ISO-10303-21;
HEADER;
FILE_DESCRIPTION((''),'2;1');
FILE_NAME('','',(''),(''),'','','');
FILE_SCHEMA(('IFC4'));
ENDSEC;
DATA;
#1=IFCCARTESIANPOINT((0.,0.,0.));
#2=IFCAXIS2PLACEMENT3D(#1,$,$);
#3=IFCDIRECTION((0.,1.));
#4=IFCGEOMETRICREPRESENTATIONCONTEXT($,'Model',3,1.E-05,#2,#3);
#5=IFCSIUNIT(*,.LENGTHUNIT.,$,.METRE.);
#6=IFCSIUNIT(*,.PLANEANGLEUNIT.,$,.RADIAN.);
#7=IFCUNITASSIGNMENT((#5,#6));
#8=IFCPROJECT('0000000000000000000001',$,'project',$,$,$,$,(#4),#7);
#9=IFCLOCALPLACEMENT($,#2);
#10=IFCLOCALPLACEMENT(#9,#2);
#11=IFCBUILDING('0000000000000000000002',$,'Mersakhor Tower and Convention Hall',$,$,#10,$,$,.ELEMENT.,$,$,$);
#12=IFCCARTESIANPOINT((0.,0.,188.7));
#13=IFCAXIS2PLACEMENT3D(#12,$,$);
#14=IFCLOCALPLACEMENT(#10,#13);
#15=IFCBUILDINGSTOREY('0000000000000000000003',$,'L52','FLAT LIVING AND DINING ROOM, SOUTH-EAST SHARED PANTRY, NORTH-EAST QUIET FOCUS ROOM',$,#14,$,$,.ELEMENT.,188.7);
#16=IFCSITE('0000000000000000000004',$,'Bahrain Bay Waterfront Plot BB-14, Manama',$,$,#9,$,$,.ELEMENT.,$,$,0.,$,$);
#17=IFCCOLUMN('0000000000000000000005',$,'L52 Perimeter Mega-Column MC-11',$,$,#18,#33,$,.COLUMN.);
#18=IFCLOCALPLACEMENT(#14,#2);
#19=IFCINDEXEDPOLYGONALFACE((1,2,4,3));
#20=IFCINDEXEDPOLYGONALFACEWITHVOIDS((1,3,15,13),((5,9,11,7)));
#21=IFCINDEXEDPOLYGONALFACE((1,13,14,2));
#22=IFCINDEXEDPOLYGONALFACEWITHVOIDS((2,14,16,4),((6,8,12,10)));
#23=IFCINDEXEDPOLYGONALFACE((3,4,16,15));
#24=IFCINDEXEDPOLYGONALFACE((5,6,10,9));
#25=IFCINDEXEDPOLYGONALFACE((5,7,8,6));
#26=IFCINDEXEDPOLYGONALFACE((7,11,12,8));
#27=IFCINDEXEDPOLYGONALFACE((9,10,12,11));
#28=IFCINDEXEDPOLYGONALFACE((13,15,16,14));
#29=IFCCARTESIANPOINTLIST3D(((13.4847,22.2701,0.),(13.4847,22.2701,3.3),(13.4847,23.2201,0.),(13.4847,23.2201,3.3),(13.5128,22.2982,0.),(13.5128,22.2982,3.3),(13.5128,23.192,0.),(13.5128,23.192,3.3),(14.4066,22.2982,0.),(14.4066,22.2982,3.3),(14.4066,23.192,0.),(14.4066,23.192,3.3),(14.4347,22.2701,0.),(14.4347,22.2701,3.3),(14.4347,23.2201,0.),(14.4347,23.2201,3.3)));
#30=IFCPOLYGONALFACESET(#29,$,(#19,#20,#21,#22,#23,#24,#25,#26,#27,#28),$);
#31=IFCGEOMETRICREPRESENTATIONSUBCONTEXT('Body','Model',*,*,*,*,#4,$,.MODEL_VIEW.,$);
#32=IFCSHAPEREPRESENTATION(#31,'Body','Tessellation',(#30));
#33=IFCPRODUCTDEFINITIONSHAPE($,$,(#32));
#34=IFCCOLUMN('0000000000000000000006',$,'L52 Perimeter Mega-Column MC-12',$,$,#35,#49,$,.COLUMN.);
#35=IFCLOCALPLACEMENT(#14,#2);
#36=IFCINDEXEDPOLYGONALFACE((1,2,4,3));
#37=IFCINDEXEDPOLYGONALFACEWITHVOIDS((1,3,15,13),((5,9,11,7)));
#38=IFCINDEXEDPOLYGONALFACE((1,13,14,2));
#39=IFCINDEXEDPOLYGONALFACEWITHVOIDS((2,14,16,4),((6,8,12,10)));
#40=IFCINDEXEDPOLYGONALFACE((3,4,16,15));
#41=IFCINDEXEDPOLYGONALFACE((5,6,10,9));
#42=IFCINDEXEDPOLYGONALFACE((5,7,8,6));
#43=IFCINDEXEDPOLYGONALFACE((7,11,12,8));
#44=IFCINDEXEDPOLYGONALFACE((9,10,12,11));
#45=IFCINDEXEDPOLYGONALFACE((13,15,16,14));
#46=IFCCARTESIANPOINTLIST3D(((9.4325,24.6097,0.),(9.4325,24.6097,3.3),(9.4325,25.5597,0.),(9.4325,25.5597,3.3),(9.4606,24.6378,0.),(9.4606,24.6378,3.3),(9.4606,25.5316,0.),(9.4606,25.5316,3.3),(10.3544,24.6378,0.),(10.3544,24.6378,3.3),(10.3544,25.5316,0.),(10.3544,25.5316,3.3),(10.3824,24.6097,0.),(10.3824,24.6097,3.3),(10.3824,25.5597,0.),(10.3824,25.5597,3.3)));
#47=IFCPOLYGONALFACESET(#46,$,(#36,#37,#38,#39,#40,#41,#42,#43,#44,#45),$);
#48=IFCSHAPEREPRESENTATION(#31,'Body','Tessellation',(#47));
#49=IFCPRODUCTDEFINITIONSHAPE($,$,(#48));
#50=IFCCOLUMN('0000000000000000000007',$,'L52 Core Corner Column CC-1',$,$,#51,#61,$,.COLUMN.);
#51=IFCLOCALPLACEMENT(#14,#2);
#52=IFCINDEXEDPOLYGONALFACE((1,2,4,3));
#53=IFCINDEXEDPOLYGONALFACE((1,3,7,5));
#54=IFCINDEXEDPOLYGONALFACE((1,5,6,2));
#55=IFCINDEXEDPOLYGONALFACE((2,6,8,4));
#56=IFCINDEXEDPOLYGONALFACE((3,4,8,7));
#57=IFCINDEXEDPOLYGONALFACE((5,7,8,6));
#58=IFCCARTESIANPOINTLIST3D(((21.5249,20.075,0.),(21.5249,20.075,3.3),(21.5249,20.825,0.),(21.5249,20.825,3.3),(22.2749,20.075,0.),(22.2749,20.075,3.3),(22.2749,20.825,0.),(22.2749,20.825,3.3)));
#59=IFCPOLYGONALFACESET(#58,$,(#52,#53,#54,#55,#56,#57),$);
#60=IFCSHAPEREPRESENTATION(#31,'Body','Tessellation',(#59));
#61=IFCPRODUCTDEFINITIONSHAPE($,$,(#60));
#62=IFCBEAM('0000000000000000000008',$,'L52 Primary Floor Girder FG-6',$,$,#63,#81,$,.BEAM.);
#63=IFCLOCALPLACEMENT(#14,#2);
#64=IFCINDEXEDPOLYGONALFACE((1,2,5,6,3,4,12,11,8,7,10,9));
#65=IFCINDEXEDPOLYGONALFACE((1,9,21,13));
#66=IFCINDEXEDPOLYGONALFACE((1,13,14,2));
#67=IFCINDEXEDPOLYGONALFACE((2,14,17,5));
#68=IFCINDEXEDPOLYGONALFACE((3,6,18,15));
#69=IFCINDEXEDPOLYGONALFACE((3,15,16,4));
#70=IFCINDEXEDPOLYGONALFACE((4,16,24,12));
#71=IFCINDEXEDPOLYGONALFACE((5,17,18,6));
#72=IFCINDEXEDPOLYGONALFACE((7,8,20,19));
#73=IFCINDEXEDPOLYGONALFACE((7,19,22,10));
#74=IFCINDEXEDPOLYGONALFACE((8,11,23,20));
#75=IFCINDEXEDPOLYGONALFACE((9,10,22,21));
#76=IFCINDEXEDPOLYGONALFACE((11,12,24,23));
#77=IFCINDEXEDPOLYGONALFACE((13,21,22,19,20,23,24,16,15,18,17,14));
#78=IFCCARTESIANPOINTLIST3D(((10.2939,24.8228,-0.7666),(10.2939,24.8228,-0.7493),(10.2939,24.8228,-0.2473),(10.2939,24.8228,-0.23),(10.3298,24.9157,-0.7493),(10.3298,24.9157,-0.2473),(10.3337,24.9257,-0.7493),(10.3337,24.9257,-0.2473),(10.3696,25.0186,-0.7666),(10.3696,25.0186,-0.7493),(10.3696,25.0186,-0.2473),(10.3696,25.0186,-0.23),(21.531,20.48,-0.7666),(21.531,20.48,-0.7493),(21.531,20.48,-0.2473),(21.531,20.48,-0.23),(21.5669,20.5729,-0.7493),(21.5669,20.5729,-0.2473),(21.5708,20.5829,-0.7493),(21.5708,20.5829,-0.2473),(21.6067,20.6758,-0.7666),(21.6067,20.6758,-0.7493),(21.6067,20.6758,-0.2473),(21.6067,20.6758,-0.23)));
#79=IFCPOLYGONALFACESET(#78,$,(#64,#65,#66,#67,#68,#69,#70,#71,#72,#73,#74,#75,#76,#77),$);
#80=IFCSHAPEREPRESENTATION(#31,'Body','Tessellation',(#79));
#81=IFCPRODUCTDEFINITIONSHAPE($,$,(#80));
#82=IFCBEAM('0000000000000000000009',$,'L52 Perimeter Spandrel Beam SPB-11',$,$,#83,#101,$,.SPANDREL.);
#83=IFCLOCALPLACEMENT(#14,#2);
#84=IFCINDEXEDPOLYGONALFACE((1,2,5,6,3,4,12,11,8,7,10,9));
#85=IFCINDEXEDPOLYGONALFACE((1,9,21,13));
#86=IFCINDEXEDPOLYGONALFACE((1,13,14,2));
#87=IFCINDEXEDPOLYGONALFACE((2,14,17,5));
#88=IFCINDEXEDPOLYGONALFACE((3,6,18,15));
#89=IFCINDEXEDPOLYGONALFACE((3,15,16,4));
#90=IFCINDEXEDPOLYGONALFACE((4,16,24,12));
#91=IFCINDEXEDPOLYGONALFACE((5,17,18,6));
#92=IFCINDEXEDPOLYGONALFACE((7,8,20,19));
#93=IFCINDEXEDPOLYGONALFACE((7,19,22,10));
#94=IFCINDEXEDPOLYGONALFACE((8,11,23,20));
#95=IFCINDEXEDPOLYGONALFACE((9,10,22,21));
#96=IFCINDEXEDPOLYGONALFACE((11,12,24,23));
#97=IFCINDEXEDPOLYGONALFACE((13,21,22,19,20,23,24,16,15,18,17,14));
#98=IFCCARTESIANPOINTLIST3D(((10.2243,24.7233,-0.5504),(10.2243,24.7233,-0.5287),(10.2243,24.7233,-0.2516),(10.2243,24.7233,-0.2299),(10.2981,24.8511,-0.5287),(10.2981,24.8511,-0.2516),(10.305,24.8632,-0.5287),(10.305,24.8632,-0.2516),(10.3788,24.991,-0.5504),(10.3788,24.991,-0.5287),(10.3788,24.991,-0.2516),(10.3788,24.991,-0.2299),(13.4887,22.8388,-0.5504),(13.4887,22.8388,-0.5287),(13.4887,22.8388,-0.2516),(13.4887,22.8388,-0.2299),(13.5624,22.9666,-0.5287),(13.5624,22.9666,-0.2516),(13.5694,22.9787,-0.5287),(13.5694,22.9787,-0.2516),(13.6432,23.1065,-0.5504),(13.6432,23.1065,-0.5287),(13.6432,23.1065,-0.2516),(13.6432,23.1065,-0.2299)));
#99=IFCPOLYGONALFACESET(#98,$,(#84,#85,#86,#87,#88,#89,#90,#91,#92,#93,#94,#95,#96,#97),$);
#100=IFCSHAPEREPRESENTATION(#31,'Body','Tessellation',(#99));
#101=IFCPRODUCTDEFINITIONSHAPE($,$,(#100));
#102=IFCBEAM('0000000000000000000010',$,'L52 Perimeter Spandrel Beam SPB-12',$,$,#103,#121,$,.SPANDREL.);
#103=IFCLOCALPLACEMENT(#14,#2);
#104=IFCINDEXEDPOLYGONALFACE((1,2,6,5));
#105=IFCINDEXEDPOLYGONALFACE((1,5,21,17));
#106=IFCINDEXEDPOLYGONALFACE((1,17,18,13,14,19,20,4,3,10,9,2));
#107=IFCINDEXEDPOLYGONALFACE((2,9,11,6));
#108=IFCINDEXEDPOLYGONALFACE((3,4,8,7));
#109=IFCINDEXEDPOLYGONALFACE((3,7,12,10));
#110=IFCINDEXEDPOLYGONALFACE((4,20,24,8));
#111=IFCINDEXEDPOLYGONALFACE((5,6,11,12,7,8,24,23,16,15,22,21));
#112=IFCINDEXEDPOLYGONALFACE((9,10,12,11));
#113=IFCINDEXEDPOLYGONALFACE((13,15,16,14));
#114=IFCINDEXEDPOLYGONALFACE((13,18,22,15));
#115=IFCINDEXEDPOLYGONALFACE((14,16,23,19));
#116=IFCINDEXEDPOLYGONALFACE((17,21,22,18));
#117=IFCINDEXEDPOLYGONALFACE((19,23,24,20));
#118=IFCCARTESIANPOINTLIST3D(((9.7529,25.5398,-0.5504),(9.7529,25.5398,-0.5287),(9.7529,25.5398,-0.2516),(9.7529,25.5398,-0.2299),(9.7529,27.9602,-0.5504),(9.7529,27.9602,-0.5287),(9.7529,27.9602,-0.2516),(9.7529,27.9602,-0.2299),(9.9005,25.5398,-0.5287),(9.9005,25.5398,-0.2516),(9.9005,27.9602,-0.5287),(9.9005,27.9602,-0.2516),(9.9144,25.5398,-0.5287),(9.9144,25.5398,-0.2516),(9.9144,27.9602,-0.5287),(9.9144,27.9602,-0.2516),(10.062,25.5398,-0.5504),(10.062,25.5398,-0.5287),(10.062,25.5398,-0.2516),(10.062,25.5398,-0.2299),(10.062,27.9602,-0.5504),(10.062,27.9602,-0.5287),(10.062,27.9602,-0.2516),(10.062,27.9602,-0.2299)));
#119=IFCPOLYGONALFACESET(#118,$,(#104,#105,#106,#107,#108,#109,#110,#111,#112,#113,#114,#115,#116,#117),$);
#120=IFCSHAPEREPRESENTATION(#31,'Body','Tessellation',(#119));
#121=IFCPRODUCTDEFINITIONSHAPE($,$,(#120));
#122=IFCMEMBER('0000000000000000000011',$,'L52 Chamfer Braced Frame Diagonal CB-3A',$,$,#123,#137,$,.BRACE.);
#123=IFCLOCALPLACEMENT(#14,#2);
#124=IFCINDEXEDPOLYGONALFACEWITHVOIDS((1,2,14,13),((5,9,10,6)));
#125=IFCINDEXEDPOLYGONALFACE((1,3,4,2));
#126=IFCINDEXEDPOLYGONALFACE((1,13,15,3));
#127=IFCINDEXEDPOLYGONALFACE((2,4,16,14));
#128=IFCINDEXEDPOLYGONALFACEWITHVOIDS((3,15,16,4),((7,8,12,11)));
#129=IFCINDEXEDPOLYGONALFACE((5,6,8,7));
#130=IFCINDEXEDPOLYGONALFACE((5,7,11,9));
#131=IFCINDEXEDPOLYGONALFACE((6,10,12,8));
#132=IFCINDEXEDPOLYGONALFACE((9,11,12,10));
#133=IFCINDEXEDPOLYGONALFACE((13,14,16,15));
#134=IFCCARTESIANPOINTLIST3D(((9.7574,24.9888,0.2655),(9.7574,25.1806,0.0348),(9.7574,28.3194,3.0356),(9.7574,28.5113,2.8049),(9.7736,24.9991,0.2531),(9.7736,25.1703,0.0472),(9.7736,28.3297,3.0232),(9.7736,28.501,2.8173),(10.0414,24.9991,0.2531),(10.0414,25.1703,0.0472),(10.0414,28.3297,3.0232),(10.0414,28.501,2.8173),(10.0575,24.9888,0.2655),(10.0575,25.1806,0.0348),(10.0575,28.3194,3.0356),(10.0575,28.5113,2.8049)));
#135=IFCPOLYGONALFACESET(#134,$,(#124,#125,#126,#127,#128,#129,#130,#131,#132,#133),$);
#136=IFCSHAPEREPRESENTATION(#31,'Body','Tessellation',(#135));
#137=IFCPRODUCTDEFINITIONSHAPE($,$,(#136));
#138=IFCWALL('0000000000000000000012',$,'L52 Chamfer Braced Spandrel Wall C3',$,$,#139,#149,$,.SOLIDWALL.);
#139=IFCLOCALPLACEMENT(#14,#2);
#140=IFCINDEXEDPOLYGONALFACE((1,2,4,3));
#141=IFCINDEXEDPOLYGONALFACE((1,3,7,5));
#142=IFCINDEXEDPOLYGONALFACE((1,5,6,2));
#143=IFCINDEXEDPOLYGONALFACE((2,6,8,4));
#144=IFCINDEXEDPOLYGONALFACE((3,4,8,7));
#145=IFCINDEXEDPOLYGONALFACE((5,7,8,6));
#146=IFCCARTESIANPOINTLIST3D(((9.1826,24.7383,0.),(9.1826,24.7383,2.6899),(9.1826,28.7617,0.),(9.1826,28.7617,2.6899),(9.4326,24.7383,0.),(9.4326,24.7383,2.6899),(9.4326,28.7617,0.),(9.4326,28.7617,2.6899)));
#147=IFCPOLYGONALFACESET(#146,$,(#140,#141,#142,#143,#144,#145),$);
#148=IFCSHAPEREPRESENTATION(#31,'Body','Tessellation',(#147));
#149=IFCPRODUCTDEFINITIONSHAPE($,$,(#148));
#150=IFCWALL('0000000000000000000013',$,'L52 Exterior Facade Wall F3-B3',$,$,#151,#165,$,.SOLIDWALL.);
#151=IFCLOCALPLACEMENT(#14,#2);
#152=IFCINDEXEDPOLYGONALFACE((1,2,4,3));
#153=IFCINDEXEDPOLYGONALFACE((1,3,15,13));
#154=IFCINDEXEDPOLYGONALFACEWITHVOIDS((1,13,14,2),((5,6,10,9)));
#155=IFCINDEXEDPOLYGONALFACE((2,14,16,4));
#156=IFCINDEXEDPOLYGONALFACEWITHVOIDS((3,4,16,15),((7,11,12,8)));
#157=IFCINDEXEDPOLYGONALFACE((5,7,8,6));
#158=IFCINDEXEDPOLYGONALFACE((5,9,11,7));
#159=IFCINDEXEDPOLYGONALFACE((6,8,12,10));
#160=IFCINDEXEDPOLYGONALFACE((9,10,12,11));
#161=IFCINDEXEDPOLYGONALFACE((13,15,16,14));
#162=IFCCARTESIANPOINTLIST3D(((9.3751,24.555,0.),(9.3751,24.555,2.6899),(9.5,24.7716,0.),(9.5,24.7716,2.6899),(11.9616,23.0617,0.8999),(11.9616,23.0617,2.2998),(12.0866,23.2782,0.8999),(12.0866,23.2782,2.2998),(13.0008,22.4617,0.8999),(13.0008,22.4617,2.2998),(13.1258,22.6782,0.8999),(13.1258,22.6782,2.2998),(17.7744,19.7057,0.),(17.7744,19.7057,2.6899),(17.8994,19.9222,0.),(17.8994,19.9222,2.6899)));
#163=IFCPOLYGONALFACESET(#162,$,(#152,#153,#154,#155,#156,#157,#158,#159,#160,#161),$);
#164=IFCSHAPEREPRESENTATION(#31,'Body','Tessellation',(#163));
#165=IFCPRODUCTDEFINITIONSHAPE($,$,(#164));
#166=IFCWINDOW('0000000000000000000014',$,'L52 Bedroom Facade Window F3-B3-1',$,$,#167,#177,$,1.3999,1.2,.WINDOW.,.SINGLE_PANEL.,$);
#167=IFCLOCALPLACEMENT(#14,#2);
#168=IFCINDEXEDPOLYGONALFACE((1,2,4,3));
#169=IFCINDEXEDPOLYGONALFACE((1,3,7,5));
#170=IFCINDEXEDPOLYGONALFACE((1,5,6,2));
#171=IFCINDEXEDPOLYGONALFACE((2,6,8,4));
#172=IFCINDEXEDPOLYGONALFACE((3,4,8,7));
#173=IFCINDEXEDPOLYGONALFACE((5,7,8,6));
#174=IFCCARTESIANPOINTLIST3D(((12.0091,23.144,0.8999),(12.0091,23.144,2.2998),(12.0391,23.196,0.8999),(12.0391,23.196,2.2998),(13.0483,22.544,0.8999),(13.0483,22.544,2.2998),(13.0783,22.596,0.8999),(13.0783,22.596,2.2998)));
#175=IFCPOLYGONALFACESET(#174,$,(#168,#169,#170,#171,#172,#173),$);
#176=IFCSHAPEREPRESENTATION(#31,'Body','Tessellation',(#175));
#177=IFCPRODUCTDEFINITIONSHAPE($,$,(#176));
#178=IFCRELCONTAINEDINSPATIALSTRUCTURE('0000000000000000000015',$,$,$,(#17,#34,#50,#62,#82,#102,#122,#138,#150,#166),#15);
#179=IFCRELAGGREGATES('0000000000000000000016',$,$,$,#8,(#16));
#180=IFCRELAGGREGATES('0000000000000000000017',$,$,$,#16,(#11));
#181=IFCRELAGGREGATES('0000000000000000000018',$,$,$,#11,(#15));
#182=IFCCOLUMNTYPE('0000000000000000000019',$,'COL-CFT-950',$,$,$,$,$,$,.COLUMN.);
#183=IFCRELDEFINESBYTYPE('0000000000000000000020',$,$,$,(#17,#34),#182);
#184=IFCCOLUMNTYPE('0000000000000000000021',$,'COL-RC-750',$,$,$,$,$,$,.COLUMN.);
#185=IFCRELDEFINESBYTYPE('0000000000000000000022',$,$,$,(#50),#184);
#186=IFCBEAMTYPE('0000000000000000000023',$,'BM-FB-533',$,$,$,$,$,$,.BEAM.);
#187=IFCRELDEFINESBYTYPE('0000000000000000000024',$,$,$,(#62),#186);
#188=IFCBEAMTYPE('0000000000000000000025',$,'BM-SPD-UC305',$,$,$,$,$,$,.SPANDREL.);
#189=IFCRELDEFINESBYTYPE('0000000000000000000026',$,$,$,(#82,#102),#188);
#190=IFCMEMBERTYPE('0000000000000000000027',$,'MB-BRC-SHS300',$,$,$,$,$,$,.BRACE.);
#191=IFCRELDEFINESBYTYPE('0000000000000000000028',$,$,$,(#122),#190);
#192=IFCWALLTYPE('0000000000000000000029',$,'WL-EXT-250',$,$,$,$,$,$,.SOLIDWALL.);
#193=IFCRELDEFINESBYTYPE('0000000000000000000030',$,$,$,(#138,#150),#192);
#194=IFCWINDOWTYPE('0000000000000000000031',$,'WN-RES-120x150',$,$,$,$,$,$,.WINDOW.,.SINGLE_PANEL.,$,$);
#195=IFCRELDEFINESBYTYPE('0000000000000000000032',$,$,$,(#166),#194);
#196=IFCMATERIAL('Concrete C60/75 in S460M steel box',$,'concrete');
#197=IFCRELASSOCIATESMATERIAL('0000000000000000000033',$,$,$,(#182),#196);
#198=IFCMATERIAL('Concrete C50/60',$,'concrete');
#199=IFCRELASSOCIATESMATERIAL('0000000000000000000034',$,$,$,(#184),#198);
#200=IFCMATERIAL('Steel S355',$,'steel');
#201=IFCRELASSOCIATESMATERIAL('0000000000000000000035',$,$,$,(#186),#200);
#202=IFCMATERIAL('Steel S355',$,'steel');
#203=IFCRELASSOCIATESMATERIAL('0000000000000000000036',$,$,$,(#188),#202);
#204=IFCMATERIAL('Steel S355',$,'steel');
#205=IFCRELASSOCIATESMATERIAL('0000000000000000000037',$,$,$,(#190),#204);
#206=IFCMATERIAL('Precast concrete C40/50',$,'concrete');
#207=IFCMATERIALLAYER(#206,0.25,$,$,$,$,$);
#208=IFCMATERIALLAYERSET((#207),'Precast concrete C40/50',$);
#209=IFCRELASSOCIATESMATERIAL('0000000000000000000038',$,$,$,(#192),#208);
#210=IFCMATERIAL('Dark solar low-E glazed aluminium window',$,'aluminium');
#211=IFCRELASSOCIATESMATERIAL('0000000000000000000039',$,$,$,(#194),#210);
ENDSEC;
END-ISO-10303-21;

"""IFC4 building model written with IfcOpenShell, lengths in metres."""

from ifc_helpers import new_model, si_unit, direction, frame, frame_2d, origin, origin_2d, place, context, subcontext, project, spatial, rectangle, hollow_rectangle, i_section, extrude, material, layer, layer_set, material_profile, profile_set, type_object, element, fill, save


model = new_model("IFC4")

# Units and contexts
model_context = context("Model", 3, precision=1e-05, world=origin(), true_north=direction((0.0, 1.0)))
body_context = subcontext(model_context, "Body", "Model", "MODEL_VIEW")
ifc_project = project(units=[si_unit("LENGTHUNIT", "METRE"), si_unit("PLANEANGLEUNIT", "RADIAN")], contexts=[model_context])

# Site, building, storey
site_placement = place(None, origin())
site = spatial("IfcSite", under=ifc_project, at=site_placement, Name="Bahrain Bay Waterfront Plot BB-14, Manama", CompositionType="ELEMENT", RefElevation=0.0)
building_placement = place(site_placement, origin())
building = spatial("IfcBuilding", under=site, at=building_placement, Name="Mersakhor Tower and Convention Hall", CompositionType="ELEMENT")
storey_placement = place(building_placement, frame((0.0, 0.0, 188.7)))
storey = spatial("IfcBuildingStorey", under=building, at=storey_placement, Name="L52", Description="FLAT LIVING AND DINING ROOM, SOUTH-EAST SHARED PANTRY, NORTH-EAST QUIET FOCUS ROOM", CompositionType="ELEMENT", Elevation=188.7)

# Columns
ifc_material_1 = material(Name="Concrete C60/75 in S460M steel box", Category="concrete")
ifc_material_profile_1 = material_profile(ifc_material_1, hollow_rectangle(XDim=0.95, YDim=0.95, WallThickness=0.0281, at=origin_2d()), Name="SHS 950x950x28")
ifc_profile_set_1 = profile_set([ifc_material_profile_1], Name="Concrete C60/75 in S460M steel box")
column_type_1 = type_object("IfcColumnType", Name="COL-CFT-950", PredefinedType="COLUMN", material=ifc_profile_set_1)
for number, where, z_axis, x_axis, name in (
    (1, (13.9597, 22.7451, 0.0), (0.0, 0.0, 1.0), (1.0, 0.0, 0.0), "L52 Perimeter Mega-Column MC-11"),
    (2, (9.9075, 25.0847, 0.0), (0.0, 0.0, 1.0), (1.0, 0.0, 0.0), "L52 Perimeter Mega-Column MC-12"),
):
    element("IfcColumn", number, at=place(storey_placement, frame(where, z_axis=z_axis, x_axis=x_axis)), inside=storey, type_object=column_type_1, Name=name, PredefinedType="COLUMN", context=body_context, shape_type="SweptSolid", body=[
        extrude(hollow_rectangle(XDim=0.95, YDim=0.95, WallThickness=0.0281, at=origin_2d()), origin(), (0.0, 0.0, 1.0), 3.3),
    ])
ifc_material_2 = material(Name="Concrete C50/60", Category="concrete")
ifc_material_profile_2 = material_profile(ifc_material_2, rectangle(XDim=0.75, YDim=0.75, at=origin_2d()), Name="RC 750x750")
ifc_profile_set_2 = profile_set([ifc_material_profile_2], Name="Concrete C50/60")
column_type_2 = type_object("IfcColumnType", Name="COL-RC-750", PredefinedType="COLUMN", material=ifc_profile_set_2)
column_placement = place(storey_placement, frame((21.8999, 20.45, 0.0), z_axis=(0.0, 0.0, 1.0), x_axis=(1.0, 0.0, 0.0)))
element("IfcColumn", 3, at=column_placement, inside=storey, type_object=column_type_2, Name="L52 Core Corner Column CC-1", PredefinedType="COLUMN", context=body_context, shape_type="SweptSolid", body=[
    extrude(rectangle(XDim=0.75, YDim=0.75, at=origin_2d()), origin(), (0.0, 0.0, 1.0), 3.3),
])

# Beams
ifc_material_3 = material(Name="Steel S355", Category="steel")
ifc_material_profile_3 = material_profile(ifc_material_3, i_section(OverallWidth=0.21, OverallDepth=0.5366, WebThickness=0.0107, FlangeThickness=0.0173, at=origin_2d()), Name="UB 533x210x101")
ifc_profile_set_3 = profile_set([ifc_material_profile_3], Name="Steel S355")
beam_type_1 = type_object("IfcBeamType", Name="BM-FB-533", PredefinedType="BEAM", material=ifc_profile_set_3)
beam_1_placement = place(storey_placement, frame((21.5688, 20.5779, -0.4983), z_axis=(-0.932765, 0.360485, 0.0), x_axis=(-0.360485, -0.932765, 0.0)))
element("IfcBeam", 4, at=beam_1_placement, inside=storey, type_object=beam_type_1, Name="L52 Primary Floor Girder FG-6", PredefinedType="BEAM", context=body_context, shape_type="SweptSolid", body=[
    extrude(i_section(OverallWidth=0.21, OverallDepth=0.5366, WebThickness=0.0107, FlangeThickness=0.0173, at=origin_2d()), origin(), (0.0, 0.0, 1.0), 12.0471),
])
ifc_material_4 = material(Name="Steel S355", Category="steel")
ifc_material_profile_4 = material_profile(ifc_material_4, i_section(OverallWidth=0.3091, OverallDepth=0.3206, WebThickness=0.0139, FlangeThickness=0.0217, at=origin_2d()), Name="UC 305x305x137")
ifc_profile_set_4 = profile_set([ifc_material_profile_4], Name="Steel S355")
beam_type_2 = type_object("IfcBeamType", Name="BM-SPD-UC305", PredefinedType="SPANDREL", material=ifc_profile_set_4)
beam_2_placement = place(storey_placement, frame((13.5659, 22.9727, -0.3901), z_axis=(-0.866046, 0.499964, 0.0), x_axis=(-0.499964, -0.866046, 0.0)))
element("IfcBeam", 5, at=beam_2_placement, inside=storey, type_object=beam_type_2, Name="L52 Perimeter Spandrel Beam SPB-11", PredefinedType="SPANDREL", context=body_context, shape_type="SweptSolid", body=[
    extrude(i_section(OverallWidth=0.3091, OverallDepth=0.3206, WebThickness=0.0139, FlangeThickness=0.0217, at=origin_2d()), origin(), (0.0, 0.0, 1.0), 3.7693),
])
beam_3_placement = place(storey_placement, frame((9.9075, 25.5398, -0.3901), z_axis=(0.0, 1.0, 0.0), x_axis=(-1.0, 0.0, 0.0)))
element("IfcBeam", 6, at=beam_3_placement, inside=storey, type_object=beam_type_2, Name="L52 Perimeter Spandrel Beam SPB-12", PredefinedType="SPANDREL", context=body_context, shape_type="SweptSolid", body=[
    extrude(i_section(OverallWidth=0.3091, OverallDepth=0.3206, WebThickness=0.0139, FlangeThickness=0.0217, at=origin_2d()), origin(), (0.0, 0.0, 1.0), 2.4204),
])

# Member
ifc_material_5 = material(Name="Steel S355", Category="steel")
ifc_material_profile_5 = material_profile(ifc_material_5, hollow_rectangle(XDim=0.3, YDim=0.3, WallThickness=0.0161, at=origin_2d()), Name="SHS 300x300x16")
ifc_profile_set_5 = profile_set([ifc_material_profile_5], Name="Steel S355")
member_type = type_object("IfcMemberType", Name="MB-BRC-SHS300", PredefinedType="BRACE", material=ifc_profile_set_5)
member_placement = place(storey_placement, frame((9.9075, 25.0847, 0.1501), z_axis=(0.0, 0.76884, 0.639441), x_axis=(-1.0, 0.0, 0.0)))
element("IfcMember", 7, at=member_placement, inside=storey, type_object=member_type, Name="L52 Chamfer Braced Frame Diagonal CB-3A", PredefinedType="BRACE", context=body_context, shape_type="SweptSolid", body=[
    extrude(hollow_rectangle(XDim=0.3, YDim=0.3, WallThickness=0.0161, at=origin_2d()), origin(), (0.0, 0.0, 1.0), 4.332),
])

# Wall
ifc_material_6 = material(Name="Precast concrete C40/50", Category="concrete")
ifc_layer_1 = layer(ifc_material_6, 0.25)
ifc_layer_set_1 = layer_set([ifc_layer_1], Name="Precast concrete C40/50")
wall_type_1 = type_object("IfcWallType", Name="WL-EXT-250", PredefinedType="SOLIDWALL", material=ifc_layer_set_1)
wall_1_placement = place(storey_placement, frame((9.3076, 24.7383, 0.0), z_axis=(0.0, 0.0, 1.0), x_axis=(0.0, 1.0, 0.0)))
element("IfcWall", 8, at=wall_1_placement, inside=storey, type_object=wall_type_1, Name="L52 Chamfer Braced Spandrel Wall C3", PredefinedType="SOLIDWALL", context=body_context, shape_type="SweptSolid", body=[
    extrude(rectangle(XDim=4.0234, YDim=0.25, at=frame_2d((2.0117, 0.0))), origin(), (0.0, 0.0, 1.0), 2.6899),
])

# Wall, opening, window
wall_2_placement = place(storey_placement, frame((17.8369, 19.814, 0.0), z_axis=(0.0, 0.0, 1.0), x_axis=(-0.866027, 0.499997, 0.0)))
wall_2 = element("IfcWall", 9, at=wall_2_placement, inside=storey, type_object=wall_type_1, Name="L52 Exterior Facade Wall F3-B3", PredefinedType="SOLIDWALL", context=body_context, shape_type="SweptSolid", body=[
    extrude(rectangle(XDim=9.6987, YDim=0.25, at=frame_2d((4.8494, 0.0))), origin(), (0.0, 0.0, 1.0), 2.6899),
])
opening_1_placement = place(wall_2_placement, frame((5.512, 0.0, 0.8999)))
opening_1 = element("IfcOpeningElement", 10, at=opening_1_placement, cuts=wall_2, PredefinedType="OPENING", context=body_context, shape_type="SweptSolid", body=[
    extrude(rectangle(XDim=1.2, YDim=1.3999, at=frame_2d((0.6001, 0.7))), frame((0.0, 0.135, 0.0), z_axis=(0.0, -1.0, 0.0), x_axis=(1.0, 0.0, 0.0)), (0.0, 0.0, 1.0), 0.27),
])
ifc_material_7 = material(Name="Dark solar low-E glazed aluminium window", Category="aluminium")
window_type = type_object("IfcWindowType", Name="WN-RES-120x150", PartitioningType="SINGLE_PANEL", PredefinedType="WINDOW", material=ifc_material_7)
window_placement = place(opening_1_placement, origin())
window = element("IfcWindow", 11, at=window_placement, inside=storey, type_object=window_type, Name="L52 Bedroom Facade Window F3-B3-1", OverallHeight=1.3999, OverallWidth=1.2, PartitioningType="SINGLE_PANEL", PredefinedType="WINDOW", context=body_context, shape_type="SweptSolid", body=[
    extrude(rectangle(XDim=1.2, YDim=1.3999, at=frame_2d((0.6001, 0.7))), frame((0.0, 0.03, 0.0), z_axis=(0.0, -1.0, 0.0), x_axis=(1.0, 0.0, 0.0)), (0.0, 0.0, 1.0), 0.0601),
])
fill(opening_1, window)

save(model, "model.ifc")
